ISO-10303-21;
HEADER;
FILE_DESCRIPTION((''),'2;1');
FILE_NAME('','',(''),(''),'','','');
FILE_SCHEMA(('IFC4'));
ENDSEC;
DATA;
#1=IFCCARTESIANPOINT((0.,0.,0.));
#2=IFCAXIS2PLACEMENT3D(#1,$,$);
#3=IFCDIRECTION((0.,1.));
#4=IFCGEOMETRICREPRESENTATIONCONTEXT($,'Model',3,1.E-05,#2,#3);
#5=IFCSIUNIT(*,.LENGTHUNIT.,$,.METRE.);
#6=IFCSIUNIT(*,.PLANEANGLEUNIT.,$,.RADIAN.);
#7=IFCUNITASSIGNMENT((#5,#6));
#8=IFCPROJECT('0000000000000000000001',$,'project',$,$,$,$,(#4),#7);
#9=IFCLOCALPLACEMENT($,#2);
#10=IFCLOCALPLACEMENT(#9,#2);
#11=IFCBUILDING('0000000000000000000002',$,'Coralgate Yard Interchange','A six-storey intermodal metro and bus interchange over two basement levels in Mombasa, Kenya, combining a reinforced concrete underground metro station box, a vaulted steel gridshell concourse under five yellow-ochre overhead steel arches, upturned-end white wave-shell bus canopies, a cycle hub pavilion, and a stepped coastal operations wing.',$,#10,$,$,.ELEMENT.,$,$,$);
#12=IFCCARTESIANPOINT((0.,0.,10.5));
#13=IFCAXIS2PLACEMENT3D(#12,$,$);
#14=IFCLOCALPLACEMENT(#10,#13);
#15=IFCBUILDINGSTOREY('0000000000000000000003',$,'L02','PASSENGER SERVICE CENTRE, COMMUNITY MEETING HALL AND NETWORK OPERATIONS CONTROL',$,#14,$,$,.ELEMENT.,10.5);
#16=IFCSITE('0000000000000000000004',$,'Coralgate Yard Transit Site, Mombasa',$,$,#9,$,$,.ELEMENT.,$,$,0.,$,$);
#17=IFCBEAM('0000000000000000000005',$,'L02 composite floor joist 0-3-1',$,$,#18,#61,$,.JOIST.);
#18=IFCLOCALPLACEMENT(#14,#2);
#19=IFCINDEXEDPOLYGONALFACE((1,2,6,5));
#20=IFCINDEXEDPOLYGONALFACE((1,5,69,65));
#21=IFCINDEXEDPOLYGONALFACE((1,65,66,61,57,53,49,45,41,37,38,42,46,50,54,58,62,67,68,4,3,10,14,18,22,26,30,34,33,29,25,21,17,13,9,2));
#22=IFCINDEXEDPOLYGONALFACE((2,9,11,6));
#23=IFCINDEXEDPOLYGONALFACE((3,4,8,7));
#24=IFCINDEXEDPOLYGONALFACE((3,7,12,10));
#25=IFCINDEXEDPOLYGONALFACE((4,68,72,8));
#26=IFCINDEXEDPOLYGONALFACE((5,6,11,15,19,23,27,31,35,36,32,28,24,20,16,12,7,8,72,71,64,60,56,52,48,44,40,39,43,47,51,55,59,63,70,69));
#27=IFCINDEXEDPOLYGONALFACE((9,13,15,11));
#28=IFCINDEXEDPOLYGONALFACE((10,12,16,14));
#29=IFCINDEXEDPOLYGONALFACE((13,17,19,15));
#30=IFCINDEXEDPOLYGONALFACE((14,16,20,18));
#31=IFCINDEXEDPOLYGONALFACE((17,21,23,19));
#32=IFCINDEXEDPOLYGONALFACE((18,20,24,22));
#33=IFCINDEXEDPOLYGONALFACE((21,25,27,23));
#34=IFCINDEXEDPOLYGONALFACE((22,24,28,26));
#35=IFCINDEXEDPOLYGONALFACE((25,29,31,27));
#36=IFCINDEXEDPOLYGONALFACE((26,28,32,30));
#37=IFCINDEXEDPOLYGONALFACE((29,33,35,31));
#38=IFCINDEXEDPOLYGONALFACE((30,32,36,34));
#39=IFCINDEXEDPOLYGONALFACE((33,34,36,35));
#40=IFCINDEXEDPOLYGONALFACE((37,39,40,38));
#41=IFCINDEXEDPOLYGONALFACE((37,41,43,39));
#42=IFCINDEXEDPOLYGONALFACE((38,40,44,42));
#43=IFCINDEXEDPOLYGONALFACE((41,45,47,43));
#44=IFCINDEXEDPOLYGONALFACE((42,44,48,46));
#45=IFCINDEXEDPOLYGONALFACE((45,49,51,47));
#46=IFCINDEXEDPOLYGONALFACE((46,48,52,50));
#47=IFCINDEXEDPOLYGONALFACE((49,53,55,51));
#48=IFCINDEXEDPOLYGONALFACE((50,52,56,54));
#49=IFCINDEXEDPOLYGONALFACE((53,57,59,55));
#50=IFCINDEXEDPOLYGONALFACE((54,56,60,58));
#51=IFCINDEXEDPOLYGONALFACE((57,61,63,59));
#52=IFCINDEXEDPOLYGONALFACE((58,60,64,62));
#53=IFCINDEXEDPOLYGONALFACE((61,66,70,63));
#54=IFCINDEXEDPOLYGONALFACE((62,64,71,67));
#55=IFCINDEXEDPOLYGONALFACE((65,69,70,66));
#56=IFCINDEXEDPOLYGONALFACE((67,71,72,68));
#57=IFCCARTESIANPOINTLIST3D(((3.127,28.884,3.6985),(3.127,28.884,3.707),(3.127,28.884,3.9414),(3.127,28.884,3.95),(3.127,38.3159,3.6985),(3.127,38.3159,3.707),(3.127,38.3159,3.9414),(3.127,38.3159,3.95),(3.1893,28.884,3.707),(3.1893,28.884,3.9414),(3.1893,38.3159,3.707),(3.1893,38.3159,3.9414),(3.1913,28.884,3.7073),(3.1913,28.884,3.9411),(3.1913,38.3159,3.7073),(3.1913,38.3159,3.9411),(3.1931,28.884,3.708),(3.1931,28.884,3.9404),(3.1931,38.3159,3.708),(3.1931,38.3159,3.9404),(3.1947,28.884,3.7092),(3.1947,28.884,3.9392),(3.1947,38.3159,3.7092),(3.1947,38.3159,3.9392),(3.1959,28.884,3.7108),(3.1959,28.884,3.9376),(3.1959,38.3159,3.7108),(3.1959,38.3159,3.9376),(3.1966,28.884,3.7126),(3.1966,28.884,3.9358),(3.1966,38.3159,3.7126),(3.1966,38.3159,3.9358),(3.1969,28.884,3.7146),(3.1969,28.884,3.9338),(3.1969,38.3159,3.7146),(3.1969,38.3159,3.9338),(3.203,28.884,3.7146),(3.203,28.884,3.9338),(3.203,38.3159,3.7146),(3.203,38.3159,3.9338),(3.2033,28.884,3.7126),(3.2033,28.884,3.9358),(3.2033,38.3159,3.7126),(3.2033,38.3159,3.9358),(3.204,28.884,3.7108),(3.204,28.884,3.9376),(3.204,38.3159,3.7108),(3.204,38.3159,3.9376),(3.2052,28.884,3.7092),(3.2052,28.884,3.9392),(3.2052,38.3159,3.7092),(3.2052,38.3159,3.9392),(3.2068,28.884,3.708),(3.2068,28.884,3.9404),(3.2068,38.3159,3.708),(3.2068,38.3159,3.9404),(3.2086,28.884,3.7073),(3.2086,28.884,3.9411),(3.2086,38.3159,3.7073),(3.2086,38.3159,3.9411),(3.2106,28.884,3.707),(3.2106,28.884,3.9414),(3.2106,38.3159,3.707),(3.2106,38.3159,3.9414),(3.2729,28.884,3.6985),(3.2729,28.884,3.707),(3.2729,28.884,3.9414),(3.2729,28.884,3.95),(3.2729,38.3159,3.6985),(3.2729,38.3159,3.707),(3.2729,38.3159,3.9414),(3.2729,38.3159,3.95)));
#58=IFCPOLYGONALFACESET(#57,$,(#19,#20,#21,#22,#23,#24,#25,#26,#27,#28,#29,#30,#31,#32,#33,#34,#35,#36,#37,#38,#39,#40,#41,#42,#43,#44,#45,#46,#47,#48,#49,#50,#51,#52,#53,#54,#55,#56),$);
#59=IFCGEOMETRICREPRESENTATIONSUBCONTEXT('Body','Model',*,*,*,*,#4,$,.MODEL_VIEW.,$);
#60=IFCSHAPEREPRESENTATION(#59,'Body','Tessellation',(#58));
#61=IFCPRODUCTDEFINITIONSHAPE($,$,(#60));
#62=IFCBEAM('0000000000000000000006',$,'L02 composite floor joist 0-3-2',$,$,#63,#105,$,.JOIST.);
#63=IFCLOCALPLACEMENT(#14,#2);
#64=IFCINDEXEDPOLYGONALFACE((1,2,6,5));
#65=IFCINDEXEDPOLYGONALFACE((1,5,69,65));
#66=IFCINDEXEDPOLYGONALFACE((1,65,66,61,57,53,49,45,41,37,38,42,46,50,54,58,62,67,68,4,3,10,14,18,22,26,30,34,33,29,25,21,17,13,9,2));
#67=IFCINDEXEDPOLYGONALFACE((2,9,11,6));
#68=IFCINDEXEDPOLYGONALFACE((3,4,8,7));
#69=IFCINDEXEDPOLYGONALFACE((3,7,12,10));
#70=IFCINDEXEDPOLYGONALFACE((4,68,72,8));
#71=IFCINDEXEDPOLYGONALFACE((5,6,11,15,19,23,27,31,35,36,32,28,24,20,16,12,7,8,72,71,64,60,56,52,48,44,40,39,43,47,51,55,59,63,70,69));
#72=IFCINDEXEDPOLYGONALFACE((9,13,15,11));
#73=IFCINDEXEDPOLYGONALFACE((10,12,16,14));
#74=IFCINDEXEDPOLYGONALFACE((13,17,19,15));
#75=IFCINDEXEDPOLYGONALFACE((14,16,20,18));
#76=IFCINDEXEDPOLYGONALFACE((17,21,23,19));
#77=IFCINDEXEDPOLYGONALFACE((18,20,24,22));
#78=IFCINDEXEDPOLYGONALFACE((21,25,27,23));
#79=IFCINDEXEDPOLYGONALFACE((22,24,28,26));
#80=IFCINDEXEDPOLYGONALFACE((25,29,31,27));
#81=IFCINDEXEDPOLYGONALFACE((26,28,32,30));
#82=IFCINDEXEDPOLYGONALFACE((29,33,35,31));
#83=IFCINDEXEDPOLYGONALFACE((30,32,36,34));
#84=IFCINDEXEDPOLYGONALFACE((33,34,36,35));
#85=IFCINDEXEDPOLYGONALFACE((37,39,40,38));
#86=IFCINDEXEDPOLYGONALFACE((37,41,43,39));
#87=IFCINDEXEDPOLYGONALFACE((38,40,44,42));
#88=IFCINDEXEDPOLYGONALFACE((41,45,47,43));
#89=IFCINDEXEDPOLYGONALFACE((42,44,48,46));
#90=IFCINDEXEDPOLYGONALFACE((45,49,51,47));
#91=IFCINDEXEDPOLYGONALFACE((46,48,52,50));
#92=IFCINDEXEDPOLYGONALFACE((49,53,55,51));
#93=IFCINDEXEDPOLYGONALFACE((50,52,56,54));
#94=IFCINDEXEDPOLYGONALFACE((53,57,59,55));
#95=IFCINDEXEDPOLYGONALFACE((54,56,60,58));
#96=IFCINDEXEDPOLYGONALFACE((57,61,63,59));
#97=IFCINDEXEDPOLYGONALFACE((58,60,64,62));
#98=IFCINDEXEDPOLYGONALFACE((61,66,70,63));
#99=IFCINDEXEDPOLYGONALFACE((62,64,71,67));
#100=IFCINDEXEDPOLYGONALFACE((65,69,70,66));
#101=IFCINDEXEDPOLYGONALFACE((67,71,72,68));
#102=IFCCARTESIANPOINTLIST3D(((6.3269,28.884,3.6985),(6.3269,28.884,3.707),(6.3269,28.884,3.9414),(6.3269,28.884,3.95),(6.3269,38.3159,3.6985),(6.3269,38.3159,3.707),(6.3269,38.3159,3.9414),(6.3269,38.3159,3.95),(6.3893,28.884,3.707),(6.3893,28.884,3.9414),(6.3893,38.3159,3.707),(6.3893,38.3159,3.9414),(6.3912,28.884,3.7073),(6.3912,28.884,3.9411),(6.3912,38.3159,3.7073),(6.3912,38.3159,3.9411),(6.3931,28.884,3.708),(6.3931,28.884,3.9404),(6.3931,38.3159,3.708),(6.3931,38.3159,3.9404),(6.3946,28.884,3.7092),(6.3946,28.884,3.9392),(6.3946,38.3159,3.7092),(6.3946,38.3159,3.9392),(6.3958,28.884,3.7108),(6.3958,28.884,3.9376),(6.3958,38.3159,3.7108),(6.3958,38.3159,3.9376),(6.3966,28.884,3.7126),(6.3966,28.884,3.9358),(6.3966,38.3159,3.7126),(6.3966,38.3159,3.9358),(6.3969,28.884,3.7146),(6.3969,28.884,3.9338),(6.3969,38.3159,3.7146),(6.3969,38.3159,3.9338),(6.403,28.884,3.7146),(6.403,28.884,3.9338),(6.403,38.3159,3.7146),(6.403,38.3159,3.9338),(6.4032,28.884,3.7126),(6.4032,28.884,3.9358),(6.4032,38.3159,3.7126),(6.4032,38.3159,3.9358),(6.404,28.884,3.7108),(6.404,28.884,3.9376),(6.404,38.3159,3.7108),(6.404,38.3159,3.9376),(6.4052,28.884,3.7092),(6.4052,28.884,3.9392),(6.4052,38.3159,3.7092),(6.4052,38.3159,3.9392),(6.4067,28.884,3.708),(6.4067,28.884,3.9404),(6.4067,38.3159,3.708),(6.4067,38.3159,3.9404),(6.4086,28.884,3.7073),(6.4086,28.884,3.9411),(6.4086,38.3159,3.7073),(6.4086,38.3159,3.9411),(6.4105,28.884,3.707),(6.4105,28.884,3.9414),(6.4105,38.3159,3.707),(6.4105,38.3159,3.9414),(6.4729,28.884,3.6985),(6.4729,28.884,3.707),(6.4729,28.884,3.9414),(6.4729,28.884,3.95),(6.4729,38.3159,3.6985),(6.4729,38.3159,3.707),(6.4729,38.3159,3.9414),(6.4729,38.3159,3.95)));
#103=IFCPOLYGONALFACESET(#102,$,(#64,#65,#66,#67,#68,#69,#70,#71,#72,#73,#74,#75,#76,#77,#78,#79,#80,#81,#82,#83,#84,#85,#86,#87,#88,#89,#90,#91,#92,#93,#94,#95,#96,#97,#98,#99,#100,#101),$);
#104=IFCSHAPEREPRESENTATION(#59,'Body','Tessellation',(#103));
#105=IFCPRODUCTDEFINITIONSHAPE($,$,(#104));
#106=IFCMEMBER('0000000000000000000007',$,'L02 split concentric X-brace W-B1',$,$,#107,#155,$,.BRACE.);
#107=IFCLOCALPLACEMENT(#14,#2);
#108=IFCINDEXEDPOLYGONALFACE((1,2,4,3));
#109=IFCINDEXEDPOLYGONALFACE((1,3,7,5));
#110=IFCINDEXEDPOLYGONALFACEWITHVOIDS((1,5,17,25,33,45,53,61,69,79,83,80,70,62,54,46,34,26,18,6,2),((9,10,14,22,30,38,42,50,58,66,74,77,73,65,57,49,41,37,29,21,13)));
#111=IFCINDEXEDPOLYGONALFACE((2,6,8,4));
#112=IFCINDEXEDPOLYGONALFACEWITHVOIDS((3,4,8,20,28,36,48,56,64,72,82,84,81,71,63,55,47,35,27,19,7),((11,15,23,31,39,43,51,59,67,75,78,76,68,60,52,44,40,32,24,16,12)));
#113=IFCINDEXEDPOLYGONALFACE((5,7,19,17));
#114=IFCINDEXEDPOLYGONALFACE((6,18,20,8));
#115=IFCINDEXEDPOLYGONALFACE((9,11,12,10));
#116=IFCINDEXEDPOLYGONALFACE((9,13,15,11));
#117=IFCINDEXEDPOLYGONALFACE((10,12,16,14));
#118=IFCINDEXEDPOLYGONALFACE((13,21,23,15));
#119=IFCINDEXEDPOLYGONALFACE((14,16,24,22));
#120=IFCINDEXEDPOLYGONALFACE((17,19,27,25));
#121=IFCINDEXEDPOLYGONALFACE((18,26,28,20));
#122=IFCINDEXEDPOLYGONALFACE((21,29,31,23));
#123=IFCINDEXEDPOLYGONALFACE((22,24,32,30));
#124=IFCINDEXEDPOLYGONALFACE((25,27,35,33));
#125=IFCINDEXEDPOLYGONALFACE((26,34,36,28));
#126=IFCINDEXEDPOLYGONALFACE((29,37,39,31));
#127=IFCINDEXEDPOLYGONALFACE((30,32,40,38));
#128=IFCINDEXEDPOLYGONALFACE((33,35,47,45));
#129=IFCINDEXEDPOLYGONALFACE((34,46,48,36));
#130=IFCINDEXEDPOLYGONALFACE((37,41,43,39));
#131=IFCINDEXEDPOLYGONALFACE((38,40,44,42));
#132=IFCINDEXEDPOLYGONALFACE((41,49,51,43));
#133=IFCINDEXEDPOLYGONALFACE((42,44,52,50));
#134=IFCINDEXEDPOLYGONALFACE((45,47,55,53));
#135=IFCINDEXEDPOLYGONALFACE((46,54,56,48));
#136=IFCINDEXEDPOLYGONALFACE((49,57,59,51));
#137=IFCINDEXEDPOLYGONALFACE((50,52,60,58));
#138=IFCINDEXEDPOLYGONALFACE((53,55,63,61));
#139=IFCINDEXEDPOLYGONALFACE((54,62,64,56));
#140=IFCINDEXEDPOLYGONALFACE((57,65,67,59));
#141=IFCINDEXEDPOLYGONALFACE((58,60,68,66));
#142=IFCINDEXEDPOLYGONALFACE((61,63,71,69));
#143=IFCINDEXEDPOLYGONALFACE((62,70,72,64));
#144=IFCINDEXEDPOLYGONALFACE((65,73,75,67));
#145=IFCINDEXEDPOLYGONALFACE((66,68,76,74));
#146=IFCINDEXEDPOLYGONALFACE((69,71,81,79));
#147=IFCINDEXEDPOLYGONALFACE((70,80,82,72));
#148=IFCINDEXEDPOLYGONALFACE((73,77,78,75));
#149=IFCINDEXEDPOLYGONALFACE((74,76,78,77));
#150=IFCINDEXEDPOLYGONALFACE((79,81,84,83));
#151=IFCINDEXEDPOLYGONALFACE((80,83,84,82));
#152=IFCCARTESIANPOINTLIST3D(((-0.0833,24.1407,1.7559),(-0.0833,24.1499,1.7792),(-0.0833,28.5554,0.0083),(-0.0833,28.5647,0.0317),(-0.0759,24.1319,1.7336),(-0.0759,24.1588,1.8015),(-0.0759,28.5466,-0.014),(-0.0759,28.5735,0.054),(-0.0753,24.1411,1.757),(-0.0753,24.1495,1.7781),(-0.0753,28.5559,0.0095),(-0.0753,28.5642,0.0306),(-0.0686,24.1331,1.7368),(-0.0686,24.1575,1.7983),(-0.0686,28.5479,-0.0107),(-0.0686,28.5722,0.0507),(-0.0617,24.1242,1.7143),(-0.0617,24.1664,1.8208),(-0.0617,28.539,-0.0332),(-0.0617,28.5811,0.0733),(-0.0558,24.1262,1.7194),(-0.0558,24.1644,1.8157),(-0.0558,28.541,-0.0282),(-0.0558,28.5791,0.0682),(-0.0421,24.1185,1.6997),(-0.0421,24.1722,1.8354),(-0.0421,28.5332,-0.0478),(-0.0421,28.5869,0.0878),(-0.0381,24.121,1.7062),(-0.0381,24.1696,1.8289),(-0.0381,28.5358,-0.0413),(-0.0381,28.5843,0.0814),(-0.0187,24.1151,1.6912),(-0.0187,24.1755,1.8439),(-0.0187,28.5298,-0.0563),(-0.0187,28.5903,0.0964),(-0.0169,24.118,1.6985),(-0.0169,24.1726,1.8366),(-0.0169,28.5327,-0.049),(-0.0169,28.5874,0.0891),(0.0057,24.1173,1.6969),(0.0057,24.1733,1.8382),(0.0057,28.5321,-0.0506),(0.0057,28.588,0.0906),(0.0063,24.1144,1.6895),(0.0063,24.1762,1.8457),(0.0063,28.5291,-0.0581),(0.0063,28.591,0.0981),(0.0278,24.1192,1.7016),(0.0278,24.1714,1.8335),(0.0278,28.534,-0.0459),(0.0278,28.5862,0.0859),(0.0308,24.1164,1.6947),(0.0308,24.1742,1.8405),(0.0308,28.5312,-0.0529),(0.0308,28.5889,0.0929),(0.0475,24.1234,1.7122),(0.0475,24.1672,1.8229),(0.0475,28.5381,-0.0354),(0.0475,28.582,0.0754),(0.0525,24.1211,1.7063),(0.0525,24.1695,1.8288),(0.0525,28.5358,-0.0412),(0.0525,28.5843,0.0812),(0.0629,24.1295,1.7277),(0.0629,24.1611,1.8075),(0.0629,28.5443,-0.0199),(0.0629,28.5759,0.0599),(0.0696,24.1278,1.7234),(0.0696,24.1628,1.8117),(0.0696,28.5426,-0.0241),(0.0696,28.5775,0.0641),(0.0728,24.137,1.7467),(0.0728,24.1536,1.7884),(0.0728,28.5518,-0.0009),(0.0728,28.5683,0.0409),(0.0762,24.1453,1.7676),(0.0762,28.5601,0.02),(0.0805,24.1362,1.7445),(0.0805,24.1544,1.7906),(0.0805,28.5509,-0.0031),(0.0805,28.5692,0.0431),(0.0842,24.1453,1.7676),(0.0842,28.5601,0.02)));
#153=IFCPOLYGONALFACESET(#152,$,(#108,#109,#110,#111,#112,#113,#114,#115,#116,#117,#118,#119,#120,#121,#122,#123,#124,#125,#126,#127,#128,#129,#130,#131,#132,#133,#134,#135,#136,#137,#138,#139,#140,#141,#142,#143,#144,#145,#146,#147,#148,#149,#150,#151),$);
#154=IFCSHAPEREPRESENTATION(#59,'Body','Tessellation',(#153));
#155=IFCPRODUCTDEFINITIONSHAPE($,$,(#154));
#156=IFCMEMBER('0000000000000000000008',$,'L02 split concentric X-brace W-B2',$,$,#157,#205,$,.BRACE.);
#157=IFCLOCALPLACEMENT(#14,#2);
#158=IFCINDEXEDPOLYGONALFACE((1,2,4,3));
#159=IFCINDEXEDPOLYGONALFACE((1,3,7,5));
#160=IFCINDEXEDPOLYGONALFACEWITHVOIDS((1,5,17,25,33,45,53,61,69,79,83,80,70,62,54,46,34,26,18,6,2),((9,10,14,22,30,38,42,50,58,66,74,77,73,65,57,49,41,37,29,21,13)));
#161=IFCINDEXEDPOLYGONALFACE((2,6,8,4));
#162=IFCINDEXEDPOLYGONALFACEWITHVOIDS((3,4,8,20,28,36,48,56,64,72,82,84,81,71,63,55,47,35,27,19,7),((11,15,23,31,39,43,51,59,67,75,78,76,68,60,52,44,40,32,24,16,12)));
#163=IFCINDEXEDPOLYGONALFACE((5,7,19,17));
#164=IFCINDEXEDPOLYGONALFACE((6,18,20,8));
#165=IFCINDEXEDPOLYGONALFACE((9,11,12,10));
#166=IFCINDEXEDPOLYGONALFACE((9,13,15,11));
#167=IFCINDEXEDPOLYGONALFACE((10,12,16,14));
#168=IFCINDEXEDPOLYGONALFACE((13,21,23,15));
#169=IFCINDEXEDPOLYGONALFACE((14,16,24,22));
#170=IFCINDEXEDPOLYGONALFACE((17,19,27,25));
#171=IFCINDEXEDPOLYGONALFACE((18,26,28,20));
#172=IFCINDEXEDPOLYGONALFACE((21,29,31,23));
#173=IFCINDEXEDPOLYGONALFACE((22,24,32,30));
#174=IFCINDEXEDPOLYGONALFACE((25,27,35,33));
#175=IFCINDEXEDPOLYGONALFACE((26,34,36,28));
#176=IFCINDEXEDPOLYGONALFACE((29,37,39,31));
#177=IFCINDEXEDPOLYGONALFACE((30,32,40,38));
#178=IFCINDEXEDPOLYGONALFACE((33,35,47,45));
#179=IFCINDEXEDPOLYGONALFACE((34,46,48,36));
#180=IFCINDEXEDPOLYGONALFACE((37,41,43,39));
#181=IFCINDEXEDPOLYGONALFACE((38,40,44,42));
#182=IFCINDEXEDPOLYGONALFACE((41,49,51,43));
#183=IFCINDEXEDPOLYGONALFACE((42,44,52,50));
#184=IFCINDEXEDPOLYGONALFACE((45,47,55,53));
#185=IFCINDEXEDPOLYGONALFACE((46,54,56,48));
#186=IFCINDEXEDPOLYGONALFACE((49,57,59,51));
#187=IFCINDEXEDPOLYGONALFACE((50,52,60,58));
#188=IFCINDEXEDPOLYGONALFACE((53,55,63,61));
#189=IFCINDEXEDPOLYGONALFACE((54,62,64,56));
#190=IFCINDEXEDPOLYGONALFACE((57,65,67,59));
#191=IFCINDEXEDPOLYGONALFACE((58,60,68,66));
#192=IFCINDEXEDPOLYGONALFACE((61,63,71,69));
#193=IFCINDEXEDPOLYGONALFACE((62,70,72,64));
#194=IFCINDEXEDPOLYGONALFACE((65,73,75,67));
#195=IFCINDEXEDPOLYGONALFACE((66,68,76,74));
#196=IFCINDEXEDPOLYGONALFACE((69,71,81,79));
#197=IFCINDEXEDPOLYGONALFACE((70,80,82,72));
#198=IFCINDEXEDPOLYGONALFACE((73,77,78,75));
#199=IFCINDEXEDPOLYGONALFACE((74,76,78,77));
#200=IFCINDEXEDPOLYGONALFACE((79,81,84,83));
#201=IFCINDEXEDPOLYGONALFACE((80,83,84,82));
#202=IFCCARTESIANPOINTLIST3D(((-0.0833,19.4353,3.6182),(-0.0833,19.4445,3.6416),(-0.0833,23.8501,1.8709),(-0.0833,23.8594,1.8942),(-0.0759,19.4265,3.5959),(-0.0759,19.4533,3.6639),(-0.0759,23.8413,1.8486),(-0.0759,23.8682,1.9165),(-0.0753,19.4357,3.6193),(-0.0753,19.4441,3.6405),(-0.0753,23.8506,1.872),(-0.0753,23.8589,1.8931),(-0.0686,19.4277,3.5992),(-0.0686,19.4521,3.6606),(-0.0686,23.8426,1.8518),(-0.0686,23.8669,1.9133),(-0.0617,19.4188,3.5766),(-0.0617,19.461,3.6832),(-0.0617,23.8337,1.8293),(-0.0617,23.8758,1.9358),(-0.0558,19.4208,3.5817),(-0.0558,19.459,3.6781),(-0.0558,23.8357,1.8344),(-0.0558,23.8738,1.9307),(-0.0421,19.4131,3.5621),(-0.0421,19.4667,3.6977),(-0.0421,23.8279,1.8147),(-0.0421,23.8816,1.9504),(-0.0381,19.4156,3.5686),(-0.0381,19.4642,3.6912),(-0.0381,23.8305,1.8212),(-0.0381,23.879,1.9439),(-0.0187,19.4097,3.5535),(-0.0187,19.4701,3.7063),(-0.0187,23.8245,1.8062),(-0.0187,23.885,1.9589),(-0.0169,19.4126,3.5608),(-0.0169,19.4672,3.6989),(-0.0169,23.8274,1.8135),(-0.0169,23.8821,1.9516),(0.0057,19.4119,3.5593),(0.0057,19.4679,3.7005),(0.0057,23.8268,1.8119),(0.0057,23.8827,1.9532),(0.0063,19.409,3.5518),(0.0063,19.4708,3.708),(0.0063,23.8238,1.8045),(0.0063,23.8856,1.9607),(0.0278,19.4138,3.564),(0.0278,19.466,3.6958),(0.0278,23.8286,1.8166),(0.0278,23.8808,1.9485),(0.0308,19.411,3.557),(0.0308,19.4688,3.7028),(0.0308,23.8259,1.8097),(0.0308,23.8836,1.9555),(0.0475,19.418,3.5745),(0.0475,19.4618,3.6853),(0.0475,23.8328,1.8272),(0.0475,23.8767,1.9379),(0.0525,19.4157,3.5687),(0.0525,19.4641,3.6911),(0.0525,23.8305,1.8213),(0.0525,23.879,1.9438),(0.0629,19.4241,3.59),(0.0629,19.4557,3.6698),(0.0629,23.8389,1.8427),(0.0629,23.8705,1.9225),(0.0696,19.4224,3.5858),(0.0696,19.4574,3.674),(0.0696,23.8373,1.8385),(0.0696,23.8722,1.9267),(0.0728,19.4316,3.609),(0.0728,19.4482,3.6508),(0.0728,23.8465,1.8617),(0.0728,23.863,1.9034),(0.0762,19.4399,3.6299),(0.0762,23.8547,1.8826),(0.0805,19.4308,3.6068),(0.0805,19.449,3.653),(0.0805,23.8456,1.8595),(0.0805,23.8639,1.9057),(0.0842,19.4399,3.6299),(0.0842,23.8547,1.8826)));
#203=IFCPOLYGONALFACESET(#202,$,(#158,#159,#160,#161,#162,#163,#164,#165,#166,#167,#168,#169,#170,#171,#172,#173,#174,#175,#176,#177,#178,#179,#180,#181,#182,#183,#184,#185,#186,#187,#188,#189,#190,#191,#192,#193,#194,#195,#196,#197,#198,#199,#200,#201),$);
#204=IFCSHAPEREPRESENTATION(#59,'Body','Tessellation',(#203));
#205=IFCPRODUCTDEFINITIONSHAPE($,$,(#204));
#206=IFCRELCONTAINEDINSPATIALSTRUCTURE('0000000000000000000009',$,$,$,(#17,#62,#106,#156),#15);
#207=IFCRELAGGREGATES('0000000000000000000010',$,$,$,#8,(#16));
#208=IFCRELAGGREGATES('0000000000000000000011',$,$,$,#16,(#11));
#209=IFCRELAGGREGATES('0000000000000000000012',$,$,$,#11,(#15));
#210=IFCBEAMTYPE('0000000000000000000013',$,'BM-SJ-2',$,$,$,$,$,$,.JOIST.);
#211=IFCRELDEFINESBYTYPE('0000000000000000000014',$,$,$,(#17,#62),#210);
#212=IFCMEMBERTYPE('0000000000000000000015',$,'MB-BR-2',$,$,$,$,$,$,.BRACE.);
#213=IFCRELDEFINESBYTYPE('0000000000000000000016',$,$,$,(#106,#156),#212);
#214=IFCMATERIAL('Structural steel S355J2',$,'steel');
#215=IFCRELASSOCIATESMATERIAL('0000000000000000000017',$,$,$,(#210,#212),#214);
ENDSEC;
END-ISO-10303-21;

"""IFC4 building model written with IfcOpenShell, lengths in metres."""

from ifc_helpers import new_model, si_unit, direction, frame, origin, origin_2d, place, context, subcontext, project, spatial, hollow_circle, i_section, extrude, material, material_profile, profile_set, type_object, element, save


model = new_model("IFC4")

# Units and contexts
model_context = context("Model", 3, precision=1e-05, world=origin(), true_north=direction((0.0, 1.0)))
body_context = subcontext(model_context, "Body", "Model", "MODEL_VIEW")
ifc_project = project(units=[si_unit("LENGTHUNIT", "METRE"), si_unit("PLANEANGLEUNIT", "RADIAN")], contexts=[model_context])

# Site, building, storey
site_placement = place(None, origin())
site = spatial("IfcSite", under=ifc_project, at=site_placement, Name="Coralgate Yard Transit Site, Mombasa", CompositionType="ELEMENT", RefElevation=0.0)
building_placement = place(site_placement, origin())
building = spatial("IfcBuilding", under=site, at=building_placement, Name="Coralgate Yard Interchange", Description="A six-storey intermodal metro and bus interchange over two basement levels in Mombasa, Kenya, combining a reinforced concrete underground metro station box, a vaulted steel gridshell concourse under five yellow-ochre overhead steel arches, upturned-end white wave-shell bus canopies, a cycle hub pavilion, and a stepped coastal operations wing.", CompositionType="ELEMENT")
storey_placement = place(building_placement, frame((0.0, 0.0, 10.5)))
storey = spatial("IfcBuildingStorey", under=building, at=storey_placement, Name="L02", Description="PASSENGER SERVICE CENTRE, COMMUNITY MEETING HALL AND NETWORK OPERATIONS CONTROL", CompositionType="ELEMENT", Elevation=10.5)

# Shared definitions
ifc_material_1 = material(Name="Structural steel S355J2", Category="steel")

# Beams
ifc_material_profile_1 = material_profile(ifc_material_1, i_section(OverallWidth=0.146, OverallDepth=0.2515, WebThickness=0.0061, FlangeThickness=0.0085, FilletRadius=0.0076, at=origin_2d()), Name="UB 254x146x31")
ifc_profile_set_1 = profile_set([ifc_material_profile_1], Name="Structural steel S355J2")
beam_type_1 = type_object("IfcBeamType", Name="BM-SJ-2", PredefinedType="JOIST", material=ifc_profile_set_1)
for number, where, z_axis, x_axis, name in (
    (1, (3.2, 28.884, 3.8242), (0.0, 1.0, 0.0), (-1.0, 0.0, 0.0), "L02 composite floor joist 0-3-1"),
    (2, (6.3999, 28.884, 3.8242), (0.0, 1.0, 0.0), (-1.0, 0.0, 0.0), "L02 composite floor joist 0-3-2"),
):
    element("IfcBeam", number, at=place(storey_placement, frame(where, z_axis=z_axis, x_axis=x_axis)), inside=storey, type_object=beam_type_1, Name=name, PredefinedType="JOIST", context=body_context, shape_type="SweptSolid", body=[
        extrude(i_section(OverallWidth=0.146, OverallDepth=0.2515, WebThickness=0.0061, FlangeThickness=0.0085, FilletRadius=0.0076, at=origin_2d()), origin(), (0.0, 0.0, 1.0), 9.4319),
    ])

# Members
ifc_material_profile_2 = material_profile(ifc_material_1, hollow_circle(Radius=0.0842, WallThickness=0.0081, at=origin_2d()), Name="CHS 168.3x8")
ifc_profile_set_2 = profile_set([ifc_material_profile_2], Name="Structural steel S355J2")
member_type_1 = type_object("IfcMemberType", Name="MB-BR-2", PredefinedType="BRACE", material=ifc_profile_set_2)
for number, where, z_axis, x_axis, name in (
    (3, (0.0, 28.5601, 0.02), (0.0, -0.929804, 0.368055), (1.0, 0.0, 0.0), "L02 split concentric X-brace W-B1"),
    (4, (0.0, 23.8547, 1.8826), (0.0, -0.929822, 0.36801), (1.0, 0.0, 0.0), "L02 split concentric X-brace W-B2"),
):
    element("IfcMember", number, at=place(storey_placement, frame(where, z_axis=z_axis, x_axis=x_axis)), inside=storey, type_object=member_type_1, Name=name, PredefinedType="BRACE", context=body_context, shape_type="SweptSolid", body=[
        extrude(hollow_circle(Radius=0.0842, WallThickness=0.0081, at=origin_2d()), origin(), (0.0, 0.0, 1.0), 4.748),
    ])

save(model, "model.ifc")
